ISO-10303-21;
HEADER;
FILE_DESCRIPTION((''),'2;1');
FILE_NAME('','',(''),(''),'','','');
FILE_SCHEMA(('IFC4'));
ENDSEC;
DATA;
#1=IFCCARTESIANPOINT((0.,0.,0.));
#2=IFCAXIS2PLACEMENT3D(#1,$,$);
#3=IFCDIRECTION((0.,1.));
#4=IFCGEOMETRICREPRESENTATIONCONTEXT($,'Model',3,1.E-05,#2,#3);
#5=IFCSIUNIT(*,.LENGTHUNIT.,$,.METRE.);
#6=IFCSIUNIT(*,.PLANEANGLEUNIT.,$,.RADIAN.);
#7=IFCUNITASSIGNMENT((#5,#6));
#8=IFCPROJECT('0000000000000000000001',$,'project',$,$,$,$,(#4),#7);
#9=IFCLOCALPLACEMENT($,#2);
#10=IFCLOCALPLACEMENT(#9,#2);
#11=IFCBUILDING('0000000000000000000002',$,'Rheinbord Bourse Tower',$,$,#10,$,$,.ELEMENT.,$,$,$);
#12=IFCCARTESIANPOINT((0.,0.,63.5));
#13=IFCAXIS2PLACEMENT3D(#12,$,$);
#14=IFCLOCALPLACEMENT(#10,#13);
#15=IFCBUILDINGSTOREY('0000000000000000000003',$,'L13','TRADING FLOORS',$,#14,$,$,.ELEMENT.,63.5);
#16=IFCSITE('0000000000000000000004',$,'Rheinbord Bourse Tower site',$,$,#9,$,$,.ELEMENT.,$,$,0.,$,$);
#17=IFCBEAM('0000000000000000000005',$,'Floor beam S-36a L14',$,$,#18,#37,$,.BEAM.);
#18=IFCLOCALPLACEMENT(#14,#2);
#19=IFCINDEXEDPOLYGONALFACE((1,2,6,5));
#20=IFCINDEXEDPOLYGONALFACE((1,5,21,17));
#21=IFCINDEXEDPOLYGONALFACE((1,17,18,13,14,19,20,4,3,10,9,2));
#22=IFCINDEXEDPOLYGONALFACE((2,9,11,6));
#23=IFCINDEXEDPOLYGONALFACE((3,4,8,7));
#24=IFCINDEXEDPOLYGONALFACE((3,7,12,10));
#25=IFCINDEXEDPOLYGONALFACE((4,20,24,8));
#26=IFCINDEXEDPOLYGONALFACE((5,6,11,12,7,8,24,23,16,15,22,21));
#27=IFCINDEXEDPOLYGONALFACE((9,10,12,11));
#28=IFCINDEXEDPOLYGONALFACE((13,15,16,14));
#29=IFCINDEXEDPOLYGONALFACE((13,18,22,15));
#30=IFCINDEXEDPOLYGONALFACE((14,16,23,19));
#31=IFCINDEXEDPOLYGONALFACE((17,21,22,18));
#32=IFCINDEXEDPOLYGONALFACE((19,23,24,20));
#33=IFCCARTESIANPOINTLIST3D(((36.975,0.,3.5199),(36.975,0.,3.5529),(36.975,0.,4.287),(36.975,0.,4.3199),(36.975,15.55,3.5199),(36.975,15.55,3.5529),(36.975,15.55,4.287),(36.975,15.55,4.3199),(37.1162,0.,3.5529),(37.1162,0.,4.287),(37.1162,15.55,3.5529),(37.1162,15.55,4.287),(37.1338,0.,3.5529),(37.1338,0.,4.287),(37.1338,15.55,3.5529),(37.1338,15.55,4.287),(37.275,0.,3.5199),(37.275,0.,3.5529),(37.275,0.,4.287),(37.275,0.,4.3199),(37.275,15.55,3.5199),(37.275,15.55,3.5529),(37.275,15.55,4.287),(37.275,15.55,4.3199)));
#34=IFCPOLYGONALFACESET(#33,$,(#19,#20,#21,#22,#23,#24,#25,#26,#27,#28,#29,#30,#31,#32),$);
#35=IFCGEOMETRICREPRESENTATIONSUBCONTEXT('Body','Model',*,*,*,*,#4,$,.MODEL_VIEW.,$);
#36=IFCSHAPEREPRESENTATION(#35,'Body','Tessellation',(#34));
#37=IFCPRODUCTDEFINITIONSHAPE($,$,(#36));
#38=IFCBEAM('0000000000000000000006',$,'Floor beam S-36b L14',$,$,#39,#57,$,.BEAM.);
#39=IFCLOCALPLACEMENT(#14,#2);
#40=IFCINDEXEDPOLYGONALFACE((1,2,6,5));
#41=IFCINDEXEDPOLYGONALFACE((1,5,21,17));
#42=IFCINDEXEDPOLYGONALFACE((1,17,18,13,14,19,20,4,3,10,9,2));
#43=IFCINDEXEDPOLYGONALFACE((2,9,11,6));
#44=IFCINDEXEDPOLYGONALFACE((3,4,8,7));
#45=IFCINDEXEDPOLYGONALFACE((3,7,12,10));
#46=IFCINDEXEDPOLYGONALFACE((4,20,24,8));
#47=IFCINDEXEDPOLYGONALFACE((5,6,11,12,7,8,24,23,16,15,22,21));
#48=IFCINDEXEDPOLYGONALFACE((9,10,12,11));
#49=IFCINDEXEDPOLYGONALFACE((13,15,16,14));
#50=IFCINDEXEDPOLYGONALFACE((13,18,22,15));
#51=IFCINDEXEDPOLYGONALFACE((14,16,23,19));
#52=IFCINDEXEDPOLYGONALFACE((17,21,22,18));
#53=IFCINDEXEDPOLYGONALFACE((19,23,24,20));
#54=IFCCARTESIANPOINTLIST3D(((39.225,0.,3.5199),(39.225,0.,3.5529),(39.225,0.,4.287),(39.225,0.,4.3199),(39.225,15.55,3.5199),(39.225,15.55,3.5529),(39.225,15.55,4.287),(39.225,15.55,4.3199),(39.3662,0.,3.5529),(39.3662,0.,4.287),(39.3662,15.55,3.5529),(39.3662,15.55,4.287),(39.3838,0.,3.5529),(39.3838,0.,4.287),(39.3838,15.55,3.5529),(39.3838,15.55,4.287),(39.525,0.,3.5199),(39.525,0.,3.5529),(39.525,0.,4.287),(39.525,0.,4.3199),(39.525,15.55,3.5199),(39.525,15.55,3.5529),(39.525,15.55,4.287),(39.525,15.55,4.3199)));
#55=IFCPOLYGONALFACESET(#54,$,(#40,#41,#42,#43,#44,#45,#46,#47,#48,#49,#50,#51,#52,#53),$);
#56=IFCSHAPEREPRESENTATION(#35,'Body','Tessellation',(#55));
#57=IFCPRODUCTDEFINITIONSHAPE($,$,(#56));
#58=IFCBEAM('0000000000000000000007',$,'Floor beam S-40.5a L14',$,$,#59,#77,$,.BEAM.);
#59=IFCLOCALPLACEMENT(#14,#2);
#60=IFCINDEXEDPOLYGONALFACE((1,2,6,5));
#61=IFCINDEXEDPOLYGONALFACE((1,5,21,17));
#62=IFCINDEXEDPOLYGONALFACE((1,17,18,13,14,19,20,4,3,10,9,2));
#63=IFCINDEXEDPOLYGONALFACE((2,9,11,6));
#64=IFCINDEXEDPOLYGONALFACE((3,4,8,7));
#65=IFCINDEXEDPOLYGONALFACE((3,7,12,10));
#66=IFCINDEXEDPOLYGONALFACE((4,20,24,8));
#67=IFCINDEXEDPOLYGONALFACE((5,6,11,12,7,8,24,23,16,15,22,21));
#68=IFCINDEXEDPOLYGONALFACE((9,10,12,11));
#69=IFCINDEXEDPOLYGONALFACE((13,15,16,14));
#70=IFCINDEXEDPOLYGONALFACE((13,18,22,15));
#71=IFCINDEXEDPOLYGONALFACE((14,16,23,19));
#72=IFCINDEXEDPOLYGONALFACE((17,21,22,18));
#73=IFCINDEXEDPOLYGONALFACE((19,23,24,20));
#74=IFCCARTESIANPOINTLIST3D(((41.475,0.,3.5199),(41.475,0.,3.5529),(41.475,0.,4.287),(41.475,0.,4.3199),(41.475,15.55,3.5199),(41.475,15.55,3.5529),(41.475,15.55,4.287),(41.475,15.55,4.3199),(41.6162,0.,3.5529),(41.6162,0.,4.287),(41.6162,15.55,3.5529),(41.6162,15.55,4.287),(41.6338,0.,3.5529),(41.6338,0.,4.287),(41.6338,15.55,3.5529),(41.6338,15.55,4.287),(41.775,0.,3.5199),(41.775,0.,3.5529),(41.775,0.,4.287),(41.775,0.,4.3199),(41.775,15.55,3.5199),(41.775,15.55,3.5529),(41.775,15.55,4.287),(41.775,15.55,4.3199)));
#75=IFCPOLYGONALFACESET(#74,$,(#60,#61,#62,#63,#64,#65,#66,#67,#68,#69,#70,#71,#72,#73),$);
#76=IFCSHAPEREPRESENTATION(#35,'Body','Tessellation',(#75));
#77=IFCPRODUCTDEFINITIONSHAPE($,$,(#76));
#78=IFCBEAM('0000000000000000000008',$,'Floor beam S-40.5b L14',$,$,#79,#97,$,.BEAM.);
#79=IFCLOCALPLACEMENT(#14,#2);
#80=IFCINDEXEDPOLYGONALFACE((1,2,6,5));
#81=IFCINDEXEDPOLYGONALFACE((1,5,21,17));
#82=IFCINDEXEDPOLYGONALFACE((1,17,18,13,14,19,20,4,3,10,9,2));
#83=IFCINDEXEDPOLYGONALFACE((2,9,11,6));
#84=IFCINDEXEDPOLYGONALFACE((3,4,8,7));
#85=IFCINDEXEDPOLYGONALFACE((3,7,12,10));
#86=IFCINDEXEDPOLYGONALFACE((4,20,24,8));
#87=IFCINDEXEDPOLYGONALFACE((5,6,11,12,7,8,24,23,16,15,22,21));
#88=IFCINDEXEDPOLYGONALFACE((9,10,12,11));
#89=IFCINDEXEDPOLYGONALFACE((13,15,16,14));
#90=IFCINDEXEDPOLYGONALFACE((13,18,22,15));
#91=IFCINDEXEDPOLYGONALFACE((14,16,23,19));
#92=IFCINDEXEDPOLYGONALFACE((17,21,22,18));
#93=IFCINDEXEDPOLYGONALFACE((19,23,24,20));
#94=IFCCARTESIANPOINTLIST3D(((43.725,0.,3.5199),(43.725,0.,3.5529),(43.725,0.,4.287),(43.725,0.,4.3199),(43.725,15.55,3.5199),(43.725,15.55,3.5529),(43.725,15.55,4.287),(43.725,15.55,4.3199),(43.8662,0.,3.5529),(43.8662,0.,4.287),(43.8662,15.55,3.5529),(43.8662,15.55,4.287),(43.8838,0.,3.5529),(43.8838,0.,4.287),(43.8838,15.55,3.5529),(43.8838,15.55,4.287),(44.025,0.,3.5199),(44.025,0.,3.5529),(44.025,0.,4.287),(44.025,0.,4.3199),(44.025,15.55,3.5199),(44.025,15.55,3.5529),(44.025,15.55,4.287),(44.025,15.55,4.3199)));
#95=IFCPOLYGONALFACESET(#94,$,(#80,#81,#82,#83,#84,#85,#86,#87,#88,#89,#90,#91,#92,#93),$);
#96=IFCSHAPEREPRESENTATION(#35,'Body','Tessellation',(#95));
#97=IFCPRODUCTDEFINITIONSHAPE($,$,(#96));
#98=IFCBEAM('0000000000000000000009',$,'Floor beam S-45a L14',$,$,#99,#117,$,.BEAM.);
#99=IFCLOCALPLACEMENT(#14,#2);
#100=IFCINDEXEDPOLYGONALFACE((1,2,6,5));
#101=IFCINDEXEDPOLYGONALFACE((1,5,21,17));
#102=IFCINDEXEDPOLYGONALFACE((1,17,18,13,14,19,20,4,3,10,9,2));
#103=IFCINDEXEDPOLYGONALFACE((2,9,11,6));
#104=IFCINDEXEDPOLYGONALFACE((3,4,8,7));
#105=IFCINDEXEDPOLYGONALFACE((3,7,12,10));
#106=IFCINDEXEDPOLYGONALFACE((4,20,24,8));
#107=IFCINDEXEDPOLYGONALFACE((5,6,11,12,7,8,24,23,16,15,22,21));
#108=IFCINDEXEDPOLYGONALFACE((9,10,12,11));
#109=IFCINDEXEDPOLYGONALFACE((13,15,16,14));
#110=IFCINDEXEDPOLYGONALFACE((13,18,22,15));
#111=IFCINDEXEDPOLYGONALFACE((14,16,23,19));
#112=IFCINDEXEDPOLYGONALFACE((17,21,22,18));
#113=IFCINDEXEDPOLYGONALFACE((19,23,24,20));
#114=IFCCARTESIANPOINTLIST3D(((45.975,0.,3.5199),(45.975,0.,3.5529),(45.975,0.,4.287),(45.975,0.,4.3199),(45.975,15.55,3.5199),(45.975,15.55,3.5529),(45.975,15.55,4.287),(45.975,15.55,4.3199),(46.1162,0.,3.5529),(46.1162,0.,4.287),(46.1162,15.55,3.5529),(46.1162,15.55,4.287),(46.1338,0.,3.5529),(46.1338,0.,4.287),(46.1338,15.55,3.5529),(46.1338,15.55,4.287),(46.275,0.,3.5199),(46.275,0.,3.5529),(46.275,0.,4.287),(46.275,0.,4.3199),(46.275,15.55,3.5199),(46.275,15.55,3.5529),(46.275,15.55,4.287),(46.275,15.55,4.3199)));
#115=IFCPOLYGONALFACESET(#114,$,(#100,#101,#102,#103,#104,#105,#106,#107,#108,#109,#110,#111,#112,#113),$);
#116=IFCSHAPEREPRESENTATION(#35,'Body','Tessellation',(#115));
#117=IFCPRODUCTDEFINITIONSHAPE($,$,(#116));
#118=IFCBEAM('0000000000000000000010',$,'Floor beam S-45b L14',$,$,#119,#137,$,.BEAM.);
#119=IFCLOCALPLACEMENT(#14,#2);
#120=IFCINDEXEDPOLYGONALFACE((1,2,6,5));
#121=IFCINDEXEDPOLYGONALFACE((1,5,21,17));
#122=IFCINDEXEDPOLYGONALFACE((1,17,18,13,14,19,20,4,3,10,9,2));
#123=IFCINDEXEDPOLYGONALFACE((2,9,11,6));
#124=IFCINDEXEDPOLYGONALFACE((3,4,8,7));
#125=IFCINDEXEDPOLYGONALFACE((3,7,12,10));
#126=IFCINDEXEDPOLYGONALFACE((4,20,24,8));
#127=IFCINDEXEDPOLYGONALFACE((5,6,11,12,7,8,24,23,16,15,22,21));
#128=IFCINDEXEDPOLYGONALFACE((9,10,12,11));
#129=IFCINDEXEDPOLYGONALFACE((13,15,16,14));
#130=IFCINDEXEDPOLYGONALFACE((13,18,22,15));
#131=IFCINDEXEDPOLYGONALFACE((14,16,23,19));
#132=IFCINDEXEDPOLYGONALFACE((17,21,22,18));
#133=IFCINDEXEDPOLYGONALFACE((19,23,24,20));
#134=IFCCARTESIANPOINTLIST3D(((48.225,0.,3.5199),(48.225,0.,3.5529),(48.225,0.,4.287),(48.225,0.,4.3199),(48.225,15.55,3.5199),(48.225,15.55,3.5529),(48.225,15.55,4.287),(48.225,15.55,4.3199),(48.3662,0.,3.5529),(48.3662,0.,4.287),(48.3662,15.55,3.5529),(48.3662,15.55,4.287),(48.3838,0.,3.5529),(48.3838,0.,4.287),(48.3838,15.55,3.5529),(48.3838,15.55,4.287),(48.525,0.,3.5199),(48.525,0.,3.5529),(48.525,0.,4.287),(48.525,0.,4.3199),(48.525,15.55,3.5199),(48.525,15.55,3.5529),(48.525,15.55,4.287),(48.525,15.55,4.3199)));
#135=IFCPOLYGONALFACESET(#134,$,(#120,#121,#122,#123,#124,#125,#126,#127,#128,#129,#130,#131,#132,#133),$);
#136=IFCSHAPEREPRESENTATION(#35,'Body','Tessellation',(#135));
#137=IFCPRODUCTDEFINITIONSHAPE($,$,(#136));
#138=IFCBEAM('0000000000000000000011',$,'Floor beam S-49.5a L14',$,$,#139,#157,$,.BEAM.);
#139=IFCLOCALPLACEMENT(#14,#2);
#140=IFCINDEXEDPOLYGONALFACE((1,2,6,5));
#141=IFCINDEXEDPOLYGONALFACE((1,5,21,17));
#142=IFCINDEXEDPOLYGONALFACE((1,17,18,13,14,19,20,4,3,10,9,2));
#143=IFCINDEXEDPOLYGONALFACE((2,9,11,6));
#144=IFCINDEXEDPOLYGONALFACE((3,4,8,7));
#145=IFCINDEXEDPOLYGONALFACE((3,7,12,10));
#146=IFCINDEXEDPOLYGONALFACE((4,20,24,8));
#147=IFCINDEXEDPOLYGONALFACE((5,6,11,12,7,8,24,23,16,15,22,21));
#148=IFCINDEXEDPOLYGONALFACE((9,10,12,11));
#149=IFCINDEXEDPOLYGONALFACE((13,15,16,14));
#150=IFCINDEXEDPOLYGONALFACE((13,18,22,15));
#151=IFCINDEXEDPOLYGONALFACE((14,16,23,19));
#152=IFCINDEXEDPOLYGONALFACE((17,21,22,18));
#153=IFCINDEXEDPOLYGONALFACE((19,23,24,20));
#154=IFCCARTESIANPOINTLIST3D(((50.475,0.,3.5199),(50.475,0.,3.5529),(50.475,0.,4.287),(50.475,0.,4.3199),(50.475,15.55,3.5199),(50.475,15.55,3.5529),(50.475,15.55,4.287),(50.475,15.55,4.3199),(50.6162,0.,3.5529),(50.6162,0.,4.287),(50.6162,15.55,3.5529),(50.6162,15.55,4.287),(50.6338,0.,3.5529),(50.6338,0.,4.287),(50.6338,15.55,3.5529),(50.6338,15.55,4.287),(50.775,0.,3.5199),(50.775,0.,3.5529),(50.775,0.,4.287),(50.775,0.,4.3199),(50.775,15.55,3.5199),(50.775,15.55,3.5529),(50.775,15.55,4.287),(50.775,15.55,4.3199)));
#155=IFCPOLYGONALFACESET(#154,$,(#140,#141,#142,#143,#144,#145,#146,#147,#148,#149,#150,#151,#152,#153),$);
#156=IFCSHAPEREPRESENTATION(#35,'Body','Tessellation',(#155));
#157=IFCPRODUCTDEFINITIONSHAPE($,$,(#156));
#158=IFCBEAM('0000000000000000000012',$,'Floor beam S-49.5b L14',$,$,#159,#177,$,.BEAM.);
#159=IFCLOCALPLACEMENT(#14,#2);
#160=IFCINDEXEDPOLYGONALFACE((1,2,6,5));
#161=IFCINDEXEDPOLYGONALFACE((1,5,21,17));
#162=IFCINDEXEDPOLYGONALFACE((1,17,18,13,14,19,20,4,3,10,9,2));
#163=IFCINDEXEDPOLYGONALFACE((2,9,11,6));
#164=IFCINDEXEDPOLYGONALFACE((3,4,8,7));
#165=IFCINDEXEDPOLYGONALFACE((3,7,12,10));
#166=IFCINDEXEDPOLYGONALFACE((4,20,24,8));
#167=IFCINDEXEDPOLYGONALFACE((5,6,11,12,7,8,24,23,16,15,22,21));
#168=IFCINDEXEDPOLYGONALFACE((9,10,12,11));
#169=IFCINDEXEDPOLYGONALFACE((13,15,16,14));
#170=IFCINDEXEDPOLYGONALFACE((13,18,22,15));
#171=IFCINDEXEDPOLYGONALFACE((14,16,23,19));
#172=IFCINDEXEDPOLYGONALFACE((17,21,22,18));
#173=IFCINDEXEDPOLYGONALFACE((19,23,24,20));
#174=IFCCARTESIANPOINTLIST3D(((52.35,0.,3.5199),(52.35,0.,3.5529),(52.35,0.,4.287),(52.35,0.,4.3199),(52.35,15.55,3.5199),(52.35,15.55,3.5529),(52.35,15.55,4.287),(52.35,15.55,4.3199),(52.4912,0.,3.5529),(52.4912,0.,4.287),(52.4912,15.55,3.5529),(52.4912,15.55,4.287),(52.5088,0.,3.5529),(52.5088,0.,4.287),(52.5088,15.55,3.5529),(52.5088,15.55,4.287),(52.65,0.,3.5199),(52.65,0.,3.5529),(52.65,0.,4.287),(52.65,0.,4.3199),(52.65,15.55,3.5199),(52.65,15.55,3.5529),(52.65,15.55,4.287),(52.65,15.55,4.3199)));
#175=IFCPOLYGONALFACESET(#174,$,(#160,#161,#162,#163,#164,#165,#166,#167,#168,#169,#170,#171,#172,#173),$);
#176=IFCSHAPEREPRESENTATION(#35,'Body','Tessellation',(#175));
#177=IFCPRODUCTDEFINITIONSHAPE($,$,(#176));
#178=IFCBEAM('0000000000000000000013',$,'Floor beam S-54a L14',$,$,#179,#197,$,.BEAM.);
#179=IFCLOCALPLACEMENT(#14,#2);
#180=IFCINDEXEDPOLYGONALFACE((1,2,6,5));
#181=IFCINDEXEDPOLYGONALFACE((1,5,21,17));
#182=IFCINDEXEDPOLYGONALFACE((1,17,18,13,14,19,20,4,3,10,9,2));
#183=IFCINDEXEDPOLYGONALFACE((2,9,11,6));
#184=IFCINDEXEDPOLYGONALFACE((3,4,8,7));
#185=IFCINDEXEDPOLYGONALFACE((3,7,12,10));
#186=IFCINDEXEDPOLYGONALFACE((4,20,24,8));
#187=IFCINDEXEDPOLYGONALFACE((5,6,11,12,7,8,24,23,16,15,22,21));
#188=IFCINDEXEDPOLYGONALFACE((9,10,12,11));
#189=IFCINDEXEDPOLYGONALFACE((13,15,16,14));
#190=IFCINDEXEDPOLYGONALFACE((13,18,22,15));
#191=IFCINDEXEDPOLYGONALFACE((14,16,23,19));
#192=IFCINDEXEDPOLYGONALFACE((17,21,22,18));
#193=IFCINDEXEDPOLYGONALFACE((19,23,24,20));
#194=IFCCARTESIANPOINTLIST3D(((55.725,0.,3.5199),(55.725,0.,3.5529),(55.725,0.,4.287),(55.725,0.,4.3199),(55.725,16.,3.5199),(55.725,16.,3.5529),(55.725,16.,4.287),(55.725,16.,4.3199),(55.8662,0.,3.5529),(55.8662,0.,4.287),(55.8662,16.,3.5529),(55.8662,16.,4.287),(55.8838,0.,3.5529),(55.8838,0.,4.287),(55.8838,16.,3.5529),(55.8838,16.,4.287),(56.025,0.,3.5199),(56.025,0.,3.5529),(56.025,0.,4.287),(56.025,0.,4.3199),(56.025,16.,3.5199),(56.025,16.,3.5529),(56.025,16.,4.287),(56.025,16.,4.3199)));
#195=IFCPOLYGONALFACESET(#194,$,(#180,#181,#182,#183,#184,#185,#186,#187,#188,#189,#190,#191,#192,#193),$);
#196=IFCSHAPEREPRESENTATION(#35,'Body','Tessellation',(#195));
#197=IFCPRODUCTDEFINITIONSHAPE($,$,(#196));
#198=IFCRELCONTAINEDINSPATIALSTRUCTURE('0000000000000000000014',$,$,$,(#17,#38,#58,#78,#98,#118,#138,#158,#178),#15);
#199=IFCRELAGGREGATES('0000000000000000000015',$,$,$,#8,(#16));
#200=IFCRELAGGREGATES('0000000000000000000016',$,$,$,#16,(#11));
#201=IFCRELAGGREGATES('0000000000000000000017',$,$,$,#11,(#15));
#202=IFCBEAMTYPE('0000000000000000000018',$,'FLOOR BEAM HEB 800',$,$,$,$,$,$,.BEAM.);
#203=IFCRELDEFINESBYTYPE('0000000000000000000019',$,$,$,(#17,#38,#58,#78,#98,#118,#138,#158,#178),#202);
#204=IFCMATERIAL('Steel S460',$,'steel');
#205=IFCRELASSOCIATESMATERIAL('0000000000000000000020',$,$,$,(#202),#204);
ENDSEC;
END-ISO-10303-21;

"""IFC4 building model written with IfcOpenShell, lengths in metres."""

from ifc_helpers import new_model, si_unit, direction, frame, origin, origin_2d, place, context, subcontext, project, spatial, i_section, extrude, material, material_profile, profile_set, type_object, element, save


model = new_model("IFC4")

# Units and contexts
model_context = context("Model", 3, precision=1e-05, world=origin(), true_north=direction((0.0, 1.0)))
body_context = subcontext(model_context, "Body", "Model", "MODEL_VIEW")
ifc_project = project(units=[si_unit("LENGTHUNIT", "METRE"), si_unit("PLANEANGLEUNIT", "RADIAN")], contexts=[model_context])

# Site, building, storey
site_placement = place(None, origin())
site = spatial("IfcSite", under=ifc_project, at=site_placement, Name="Rheinbord Bourse Tower site", CompositionType="ELEMENT", RefElevation=0.0)
building_placement = place(site_placement, origin())
building = spatial("IfcBuilding", under=site, at=building_placement, Name="Rheinbord Bourse Tower", CompositionType="ELEMENT")
storey_placement = place(building_placement, frame((0.0, 0.0, 63.5)))
storey = spatial("IfcBuildingStorey", under=building, at=storey_placement, Name="L13", Description="TRADING FLOORS", CompositionType="ELEMENT", Elevation=63.5)

# Beams
ifc_material_1 = material(Name="Steel S460", Category="steel")
ifc_material_profile_1 = material_profile(ifc_material_1, i_section(OverallWidth=0.3, OverallDepth=0.8, WebThickness=0.0176, FlangeThickness=0.033, at=origin_2d()), Name="HEB 800")
ifc_profile_set_1 = profile_set([ifc_material_profile_1], Name="Steel S460")
beam_type_1 = type_object("IfcBeamType", Name="FLOOR BEAM HEB 800", PredefinedType="BEAM", material=ifc_profile_set_1)
for number, where, z_axis, x_axis, name in (
    (1, (37.125, 0.0, 3.9199), (0.0, 1.0, 0.0), (-1.0, 0.0, 0.0), "Floor beam S-36a L14"),
    (2, (39.375, 0.0, 3.9199), (0.0, 1.0, 0.0), (-1.0, 0.0, 0.0), "Floor beam S-36b L14"),
    (3, (41.625, 0.0, 3.9199), (0.0, 1.0, 0.0), (-1.0, 0.0, 0.0), "Floor beam S-40.5a L14"),
    (4, (43.875, 0.0, 3.9199), (0.0, 1.0, 0.0), (-1.0, 0.0, 0.0), "Floor beam S-40.5b L14"),
    (5, (46.125, 0.0, 3.9199), (0.0, 1.0, 0.0), (-1.0, 0.0, 0.0), "Floor beam S-45a L14"),
    (6, (48.375, 0.0, 3.9199), (0.0, 1.0, 0.0), (-1.0, 0.0, 0.0), "Floor beam S-45b L14"),
    (7, (50.625, 0.0, 3.9199), (0.0, 1.0, 0.0), (-1.0, 0.0, 0.0), "Floor beam S-49.5a L14"),
    (8, (52.5, 0.0, 3.9199), (0.0, 1.0, 0.0), (-1.0, 0.0, 0.0), "Floor beam S-49.5b L14"),
):
    element("IfcBeam", number, at=place(storey_placement, frame(where, z_axis=z_axis, x_axis=x_axis)), inside=storey, type_object=beam_type_1, Name=name, PredefinedType="BEAM", context=body_context, shape_type="SweptSolid", body=[
        extrude(i_section(OverallWidth=0.3, OverallDepth=0.8, WebThickness=0.0176, FlangeThickness=0.033, at=origin_2d()), origin(), (0.0, 0.0, 1.0), 15.55),
    ])
beam_placement = place(storey_placement, frame((55.875, 0.0, 3.9199), z_axis=(0.0, 1.0, 0.0), x_axis=(-1.0, 0.0, 0.0)))
element("IfcBeam", 9, at=beam_placement, inside=storey, type_object=beam_type_1, Name="Floor beam S-54a L14", PredefinedType="BEAM", context=body_context, shape_type="SweptSolid", body=[
    extrude(i_section(OverallWidth=0.3, OverallDepth=0.8, WebThickness=0.0176, FlangeThickness=0.033, at=origin_2d()), origin(), (0.0, 0.0, 1.0), 16.0),
])

save(model, "model.ifc")
